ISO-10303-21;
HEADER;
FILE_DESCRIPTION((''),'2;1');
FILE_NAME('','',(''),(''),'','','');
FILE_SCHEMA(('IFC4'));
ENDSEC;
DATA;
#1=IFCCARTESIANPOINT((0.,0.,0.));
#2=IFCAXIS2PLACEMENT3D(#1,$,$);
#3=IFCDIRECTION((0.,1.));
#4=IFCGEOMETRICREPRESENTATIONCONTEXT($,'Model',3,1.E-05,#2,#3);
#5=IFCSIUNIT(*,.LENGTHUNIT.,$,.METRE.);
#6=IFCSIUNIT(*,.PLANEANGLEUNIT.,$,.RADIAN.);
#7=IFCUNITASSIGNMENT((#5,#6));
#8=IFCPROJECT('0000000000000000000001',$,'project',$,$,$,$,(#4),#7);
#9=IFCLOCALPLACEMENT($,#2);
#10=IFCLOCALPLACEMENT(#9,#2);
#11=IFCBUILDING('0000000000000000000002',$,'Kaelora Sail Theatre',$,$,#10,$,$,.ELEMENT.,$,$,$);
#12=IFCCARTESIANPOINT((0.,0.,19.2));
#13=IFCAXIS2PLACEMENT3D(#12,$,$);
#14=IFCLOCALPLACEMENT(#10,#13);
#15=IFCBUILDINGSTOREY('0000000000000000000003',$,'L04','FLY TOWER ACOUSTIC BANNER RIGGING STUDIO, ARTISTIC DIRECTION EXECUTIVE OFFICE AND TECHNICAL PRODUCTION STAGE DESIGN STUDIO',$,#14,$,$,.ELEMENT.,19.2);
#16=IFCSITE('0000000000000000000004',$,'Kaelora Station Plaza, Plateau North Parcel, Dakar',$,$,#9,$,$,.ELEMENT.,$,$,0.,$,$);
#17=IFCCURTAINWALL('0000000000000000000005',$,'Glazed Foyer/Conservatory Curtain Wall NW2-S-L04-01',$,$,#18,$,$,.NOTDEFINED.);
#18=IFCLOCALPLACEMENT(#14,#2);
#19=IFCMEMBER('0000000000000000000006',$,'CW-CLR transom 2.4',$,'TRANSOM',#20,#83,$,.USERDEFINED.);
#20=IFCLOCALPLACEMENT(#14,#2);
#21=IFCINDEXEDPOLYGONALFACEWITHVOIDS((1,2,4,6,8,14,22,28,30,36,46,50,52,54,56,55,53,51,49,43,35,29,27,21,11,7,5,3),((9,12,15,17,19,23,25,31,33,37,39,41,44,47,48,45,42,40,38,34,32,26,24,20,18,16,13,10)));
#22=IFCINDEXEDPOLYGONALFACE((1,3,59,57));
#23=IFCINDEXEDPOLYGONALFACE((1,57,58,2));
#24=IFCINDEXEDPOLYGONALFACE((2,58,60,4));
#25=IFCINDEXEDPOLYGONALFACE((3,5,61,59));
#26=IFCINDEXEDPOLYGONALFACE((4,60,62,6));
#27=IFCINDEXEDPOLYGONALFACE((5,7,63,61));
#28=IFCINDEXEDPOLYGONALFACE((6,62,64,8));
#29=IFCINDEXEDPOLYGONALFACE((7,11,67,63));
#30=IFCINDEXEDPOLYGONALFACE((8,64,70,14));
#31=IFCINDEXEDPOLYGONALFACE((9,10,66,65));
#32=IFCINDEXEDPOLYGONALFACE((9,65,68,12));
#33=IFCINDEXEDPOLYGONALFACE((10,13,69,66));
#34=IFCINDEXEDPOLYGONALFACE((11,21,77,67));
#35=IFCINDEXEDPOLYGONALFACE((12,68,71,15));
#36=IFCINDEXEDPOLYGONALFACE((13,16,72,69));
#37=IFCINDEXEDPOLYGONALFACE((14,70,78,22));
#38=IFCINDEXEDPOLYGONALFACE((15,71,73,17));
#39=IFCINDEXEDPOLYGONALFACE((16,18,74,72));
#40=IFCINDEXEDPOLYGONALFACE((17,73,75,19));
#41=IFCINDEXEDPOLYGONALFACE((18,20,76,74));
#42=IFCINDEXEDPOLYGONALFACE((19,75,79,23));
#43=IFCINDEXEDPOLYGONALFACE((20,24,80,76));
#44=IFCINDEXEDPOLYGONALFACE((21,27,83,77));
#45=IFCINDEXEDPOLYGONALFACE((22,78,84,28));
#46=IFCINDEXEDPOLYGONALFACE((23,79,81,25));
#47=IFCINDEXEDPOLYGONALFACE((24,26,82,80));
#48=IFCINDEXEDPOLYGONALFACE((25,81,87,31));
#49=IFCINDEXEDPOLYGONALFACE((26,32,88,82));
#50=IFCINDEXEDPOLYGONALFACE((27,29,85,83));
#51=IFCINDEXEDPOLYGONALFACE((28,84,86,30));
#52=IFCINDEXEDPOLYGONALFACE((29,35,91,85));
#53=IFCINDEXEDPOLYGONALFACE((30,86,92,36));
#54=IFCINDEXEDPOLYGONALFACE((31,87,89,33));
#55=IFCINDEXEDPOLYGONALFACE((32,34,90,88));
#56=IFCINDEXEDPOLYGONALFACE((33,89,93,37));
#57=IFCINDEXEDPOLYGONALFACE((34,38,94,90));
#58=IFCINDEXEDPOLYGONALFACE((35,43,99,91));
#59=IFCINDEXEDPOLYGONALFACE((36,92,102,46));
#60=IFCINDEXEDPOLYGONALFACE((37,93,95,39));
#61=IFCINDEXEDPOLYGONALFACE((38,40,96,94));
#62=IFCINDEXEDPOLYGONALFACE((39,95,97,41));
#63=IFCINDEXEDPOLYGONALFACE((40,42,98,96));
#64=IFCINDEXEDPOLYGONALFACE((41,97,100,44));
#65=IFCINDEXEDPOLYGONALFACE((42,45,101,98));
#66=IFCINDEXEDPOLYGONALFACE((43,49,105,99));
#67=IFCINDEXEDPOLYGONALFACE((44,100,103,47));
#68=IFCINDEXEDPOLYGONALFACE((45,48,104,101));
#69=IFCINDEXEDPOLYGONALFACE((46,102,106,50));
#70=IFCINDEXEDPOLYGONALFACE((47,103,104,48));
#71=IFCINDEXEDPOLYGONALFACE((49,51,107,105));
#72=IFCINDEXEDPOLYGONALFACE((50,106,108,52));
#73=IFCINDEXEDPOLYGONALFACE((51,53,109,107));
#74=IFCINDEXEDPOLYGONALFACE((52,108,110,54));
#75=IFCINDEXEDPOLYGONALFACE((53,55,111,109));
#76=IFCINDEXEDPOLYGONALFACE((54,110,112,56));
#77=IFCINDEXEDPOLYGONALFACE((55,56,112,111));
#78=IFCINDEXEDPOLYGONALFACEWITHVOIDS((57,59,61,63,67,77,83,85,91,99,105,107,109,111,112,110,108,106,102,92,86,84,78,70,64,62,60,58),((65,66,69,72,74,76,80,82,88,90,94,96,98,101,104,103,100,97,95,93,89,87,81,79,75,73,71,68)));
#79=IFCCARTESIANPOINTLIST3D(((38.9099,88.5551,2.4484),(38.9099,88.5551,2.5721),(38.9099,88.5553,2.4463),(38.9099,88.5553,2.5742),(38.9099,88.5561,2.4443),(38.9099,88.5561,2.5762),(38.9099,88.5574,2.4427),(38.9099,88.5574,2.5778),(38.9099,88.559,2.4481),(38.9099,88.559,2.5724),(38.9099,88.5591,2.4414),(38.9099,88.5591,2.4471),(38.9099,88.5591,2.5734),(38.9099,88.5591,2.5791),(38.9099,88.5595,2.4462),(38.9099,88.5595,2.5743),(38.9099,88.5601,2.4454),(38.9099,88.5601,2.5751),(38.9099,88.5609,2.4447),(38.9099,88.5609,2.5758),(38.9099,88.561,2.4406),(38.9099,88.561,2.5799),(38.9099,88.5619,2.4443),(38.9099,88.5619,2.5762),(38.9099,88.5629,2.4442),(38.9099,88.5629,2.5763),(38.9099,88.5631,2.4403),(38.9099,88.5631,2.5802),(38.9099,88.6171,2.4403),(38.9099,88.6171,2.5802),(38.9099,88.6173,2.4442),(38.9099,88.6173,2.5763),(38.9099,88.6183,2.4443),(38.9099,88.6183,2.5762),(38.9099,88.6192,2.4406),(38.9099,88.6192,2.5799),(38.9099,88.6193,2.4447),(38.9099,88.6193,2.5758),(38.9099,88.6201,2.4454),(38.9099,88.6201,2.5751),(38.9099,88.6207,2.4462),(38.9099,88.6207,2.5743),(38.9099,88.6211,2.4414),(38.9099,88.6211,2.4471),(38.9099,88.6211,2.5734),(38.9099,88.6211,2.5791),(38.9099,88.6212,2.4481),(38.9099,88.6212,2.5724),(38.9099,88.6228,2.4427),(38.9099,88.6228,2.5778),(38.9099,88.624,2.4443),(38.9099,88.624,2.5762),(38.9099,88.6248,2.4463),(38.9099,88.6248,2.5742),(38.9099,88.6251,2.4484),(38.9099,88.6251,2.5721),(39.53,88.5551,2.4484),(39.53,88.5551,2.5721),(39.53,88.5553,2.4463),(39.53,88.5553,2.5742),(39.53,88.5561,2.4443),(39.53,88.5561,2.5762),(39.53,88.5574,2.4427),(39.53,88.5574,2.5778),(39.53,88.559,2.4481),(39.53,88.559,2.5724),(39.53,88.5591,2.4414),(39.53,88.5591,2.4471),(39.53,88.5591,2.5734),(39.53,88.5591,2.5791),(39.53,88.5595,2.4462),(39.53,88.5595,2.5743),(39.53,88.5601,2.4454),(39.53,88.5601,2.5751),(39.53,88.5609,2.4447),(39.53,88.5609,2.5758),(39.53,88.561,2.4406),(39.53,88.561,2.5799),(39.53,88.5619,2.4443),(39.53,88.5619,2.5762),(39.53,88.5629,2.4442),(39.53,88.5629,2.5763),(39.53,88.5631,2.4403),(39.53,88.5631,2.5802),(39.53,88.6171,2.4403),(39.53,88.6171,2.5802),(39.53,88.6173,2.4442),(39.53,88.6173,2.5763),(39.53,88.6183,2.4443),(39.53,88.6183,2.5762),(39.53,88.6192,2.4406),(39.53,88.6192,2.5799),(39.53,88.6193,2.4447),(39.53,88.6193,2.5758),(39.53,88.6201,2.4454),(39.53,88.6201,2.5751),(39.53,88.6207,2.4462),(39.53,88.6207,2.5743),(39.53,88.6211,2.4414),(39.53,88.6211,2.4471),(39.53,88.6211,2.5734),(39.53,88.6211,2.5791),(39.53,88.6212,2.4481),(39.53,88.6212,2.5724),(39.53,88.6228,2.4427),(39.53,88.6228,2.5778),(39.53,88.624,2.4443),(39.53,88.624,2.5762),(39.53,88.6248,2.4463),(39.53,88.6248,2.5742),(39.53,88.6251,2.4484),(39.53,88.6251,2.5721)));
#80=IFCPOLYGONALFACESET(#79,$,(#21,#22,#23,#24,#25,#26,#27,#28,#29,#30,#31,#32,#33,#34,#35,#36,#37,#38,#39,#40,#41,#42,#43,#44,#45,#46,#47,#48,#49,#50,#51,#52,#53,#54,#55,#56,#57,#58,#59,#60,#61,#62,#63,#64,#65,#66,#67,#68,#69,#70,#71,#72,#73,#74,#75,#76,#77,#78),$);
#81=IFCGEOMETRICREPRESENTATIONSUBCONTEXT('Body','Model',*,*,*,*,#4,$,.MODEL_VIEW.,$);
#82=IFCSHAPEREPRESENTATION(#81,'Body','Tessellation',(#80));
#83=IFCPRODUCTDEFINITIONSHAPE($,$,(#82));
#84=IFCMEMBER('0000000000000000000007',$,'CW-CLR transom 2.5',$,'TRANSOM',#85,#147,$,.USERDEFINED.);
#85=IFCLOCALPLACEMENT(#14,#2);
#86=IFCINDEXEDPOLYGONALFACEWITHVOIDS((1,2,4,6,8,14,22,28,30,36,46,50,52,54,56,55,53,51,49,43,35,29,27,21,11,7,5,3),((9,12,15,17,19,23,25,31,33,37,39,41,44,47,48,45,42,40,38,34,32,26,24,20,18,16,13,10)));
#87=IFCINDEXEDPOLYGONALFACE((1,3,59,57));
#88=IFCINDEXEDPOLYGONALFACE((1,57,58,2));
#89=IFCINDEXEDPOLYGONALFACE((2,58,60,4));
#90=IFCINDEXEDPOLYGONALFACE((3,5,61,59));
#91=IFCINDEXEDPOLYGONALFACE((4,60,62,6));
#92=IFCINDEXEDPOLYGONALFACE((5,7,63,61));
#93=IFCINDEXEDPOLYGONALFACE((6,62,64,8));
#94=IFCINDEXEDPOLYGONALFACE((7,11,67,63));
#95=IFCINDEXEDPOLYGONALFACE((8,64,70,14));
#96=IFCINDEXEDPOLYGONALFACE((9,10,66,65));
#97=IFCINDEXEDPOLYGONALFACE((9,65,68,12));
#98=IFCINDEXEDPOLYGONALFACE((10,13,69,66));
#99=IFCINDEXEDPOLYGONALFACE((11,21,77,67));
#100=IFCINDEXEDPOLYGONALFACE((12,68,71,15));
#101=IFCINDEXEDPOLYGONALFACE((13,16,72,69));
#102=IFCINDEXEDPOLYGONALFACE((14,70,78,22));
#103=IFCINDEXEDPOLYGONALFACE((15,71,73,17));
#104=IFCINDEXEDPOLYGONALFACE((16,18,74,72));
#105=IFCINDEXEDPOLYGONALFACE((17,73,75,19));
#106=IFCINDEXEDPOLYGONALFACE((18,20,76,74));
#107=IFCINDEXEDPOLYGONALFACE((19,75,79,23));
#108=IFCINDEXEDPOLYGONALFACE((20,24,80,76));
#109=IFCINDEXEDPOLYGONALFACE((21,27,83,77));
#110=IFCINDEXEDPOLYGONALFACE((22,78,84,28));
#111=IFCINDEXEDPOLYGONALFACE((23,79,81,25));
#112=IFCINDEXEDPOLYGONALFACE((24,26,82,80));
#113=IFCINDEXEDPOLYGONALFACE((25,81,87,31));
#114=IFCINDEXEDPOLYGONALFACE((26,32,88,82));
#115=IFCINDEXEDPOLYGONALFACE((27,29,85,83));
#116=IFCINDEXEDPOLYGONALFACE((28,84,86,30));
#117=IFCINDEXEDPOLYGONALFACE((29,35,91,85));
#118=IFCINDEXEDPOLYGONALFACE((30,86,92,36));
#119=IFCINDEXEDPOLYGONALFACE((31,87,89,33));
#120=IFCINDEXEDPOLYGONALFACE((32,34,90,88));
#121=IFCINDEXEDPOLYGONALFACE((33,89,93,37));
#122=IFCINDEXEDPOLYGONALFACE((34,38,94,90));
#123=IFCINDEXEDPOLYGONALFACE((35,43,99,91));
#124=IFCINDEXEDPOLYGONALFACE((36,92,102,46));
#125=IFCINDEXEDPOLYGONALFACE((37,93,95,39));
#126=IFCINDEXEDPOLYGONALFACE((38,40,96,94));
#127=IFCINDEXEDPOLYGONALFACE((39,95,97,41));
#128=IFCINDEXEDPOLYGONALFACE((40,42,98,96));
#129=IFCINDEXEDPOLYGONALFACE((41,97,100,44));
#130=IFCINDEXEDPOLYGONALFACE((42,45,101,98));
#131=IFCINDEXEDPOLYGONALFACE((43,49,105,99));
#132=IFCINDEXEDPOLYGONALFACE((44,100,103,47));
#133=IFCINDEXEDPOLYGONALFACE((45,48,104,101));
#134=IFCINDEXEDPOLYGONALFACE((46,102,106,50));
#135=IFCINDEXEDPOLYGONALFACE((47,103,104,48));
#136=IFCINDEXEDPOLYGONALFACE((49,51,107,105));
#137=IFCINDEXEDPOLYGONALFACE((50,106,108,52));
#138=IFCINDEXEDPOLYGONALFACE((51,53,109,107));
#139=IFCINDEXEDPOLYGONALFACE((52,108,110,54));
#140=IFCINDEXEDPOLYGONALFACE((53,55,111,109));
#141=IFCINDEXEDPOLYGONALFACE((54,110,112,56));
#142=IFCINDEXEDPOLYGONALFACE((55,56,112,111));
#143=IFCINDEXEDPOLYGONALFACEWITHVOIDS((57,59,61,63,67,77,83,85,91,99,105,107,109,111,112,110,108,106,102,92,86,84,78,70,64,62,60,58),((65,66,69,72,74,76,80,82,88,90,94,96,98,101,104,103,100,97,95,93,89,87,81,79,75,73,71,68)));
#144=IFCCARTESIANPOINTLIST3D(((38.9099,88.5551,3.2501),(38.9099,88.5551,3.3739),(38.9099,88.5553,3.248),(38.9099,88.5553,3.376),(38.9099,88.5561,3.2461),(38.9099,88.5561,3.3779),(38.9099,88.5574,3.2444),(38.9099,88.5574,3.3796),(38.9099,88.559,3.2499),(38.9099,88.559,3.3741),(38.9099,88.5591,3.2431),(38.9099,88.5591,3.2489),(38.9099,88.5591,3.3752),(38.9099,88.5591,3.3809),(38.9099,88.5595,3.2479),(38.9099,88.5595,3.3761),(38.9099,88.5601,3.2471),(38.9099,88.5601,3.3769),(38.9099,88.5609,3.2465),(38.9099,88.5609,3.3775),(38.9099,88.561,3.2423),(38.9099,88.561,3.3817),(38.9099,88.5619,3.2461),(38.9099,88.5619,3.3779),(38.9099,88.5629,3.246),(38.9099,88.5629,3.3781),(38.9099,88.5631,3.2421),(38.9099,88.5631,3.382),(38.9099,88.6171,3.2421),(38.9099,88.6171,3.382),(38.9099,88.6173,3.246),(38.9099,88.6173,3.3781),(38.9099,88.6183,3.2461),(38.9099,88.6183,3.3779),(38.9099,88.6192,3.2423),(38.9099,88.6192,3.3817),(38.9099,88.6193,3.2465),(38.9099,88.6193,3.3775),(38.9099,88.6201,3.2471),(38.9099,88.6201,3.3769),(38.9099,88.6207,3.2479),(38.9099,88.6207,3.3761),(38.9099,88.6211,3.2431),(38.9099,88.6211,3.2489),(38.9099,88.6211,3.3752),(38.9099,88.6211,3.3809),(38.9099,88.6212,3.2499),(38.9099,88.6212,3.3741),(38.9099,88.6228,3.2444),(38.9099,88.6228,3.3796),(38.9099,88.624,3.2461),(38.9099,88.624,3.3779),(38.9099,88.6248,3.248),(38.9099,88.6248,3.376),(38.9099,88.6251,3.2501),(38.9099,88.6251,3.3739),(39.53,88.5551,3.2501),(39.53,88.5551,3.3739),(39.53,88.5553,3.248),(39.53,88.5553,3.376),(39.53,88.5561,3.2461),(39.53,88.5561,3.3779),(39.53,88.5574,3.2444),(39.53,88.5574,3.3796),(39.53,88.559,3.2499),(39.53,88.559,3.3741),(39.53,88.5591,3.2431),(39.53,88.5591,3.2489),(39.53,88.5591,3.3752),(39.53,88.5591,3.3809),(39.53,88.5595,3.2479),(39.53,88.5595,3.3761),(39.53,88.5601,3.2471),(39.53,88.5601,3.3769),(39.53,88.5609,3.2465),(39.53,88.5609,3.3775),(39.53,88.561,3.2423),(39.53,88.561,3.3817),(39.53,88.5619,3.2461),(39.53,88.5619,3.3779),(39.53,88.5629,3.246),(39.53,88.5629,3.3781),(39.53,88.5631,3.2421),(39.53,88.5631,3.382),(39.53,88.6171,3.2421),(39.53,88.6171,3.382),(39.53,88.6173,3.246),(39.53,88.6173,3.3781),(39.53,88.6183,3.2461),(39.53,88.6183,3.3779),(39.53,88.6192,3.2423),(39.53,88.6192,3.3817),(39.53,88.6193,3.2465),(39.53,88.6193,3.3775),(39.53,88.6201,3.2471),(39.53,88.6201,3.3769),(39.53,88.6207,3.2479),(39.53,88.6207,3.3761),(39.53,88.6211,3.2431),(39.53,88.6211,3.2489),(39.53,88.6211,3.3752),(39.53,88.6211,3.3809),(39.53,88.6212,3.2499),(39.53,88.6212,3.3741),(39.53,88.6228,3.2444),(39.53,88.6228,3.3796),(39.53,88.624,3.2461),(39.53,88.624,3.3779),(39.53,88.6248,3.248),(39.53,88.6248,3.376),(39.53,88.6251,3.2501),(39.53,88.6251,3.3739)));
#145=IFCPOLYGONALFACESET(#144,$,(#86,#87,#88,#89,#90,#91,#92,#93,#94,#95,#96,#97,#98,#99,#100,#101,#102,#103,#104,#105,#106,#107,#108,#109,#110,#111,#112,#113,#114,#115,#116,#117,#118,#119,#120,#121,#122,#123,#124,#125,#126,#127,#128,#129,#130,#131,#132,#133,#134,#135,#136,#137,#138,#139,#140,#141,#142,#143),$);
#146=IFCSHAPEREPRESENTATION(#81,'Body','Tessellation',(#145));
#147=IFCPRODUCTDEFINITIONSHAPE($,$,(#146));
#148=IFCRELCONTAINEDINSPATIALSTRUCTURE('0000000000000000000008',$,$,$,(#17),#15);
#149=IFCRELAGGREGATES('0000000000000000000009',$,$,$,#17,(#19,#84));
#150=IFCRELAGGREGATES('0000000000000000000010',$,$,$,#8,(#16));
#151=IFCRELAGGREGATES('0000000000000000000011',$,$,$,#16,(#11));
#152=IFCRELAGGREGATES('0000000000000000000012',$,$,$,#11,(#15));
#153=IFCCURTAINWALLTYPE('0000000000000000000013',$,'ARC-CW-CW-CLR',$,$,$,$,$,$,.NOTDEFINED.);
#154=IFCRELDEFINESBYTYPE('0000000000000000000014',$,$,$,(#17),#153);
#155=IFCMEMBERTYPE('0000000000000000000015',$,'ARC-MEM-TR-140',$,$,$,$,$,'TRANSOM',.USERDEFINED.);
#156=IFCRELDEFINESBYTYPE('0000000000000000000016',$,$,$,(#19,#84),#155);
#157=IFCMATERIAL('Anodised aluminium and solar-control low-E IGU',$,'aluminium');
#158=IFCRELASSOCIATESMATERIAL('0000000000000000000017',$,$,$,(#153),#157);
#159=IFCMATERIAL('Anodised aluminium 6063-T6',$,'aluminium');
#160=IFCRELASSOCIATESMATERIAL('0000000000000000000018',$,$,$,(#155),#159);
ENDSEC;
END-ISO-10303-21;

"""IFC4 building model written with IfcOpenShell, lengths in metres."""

from ifc_helpers import new_model, si_unit, direction, frame, origin, origin_2d, place, context, subcontext, project, spatial, hollow_rectangle, extrude, material, material_profile, profile_set, type_object, element, aggregate, save


model = new_model("IFC4")

# Units and contexts
model_context = context("Model", 3, precision=1e-05, world=origin(), true_north=direction((0.0, 1.0)))
body_context = subcontext(model_context, "Body", "Model", "MODEL_VIEW")
ifc_project = project(units=[si_unit("LENGTHUNIT", "METRE"), si_unit("PLANEANGLEUNIT", "RADIAN")], contexts=[model_context])

# Site, building, storey
site_placement = place(None, origin())
site = spatial("IfcSite", under=ifc_project, at=site_placement, Name="Kaelora Station Plaza, Plateau North Parcel, Dakar", CompositionType="ELEMENT", RefElevation=0.0)
building_placement = place(site_placement, origin())
building = spatial("IfcBuilding", under=site, at=building_placement, Name="Kaelora Sail Theatre", CompositionType="ELEMENT")
storey_placement = place(building_placement, frame((0.0, 0.0, 19.2)))
storey = spatial("IfcBuildingStorey", under=building, at=storey_placement, Name="L04", Description="FLY TOWER ACOUSTIC BANNER RIGGING STUDIO, ARTISTIC DIRECTION EXECUTIVE OFFICE AND TECHNICAL PRODUCTION STAGE DESIGN STUDIO", CompositionType="ELEMENT", Elevation=19.2)

# Curtain wall, members
ifc_material_1 = material(Name="Anodised aluminium and solar-control low-E IGU", Category="aluminium")
curtain_wall_type = type_object("IfcCurtainWallType", Name="ARC-CW-CW-CLR", PredefinedType="NOTDEFINED", material=ifc_material_1)
curtain_wall_placement = place(storey_placement, origin())
curtain_wall = element("IfcCurtainWall", 1, at=curtain_wall_placement, inside=storey, type_object=curtain_wall_type, Name="Glazed Foyer/Conservatory Curtain Wall NW2-S-L04-01", PredefinedType="NOTDEFINED")
ifc_material_2 = material(Name="Anodised aluminium 6063-T6", Category="aluminium")
ifc_material_profile_1 = material_profile(ifc_material_2, hollow_rectangle(XDim=0.0701, YDim=0.1399, WallThickness=0.0039, InnerFilletRadius=0.0039, OuterFilletRadius=0.0081, at=origin_2d()), Name="ALU-TRAN 70x140x4")
ifc_profile_set_1 = profile_set([ifc_material_profile_1], Name="Anodised aluminium 6063-T6")
member_type_1 = type_object("IfcMemberType", Name="ARC-MEM-TR-140", ElementType="TRANSOM", PredefinedType="USERDEFINED", material=ifc_profile_set_1)
member_1_placement = place(storey_placement, frame((38.9099, 88.5901, 2.5103), z_axis=(1.0, 0.0, 0.0), x_axis=(0.0, 1.0, 0.0)))
member_1 = element("IfcMember", 2, at=member_1_placement, type_object=member_type_1, Name="CW-CLR transom 2.4", ObjectType="TRANSOM", PredefinedType="USERDEFINED", context=body_context, shape_type="SweptSolid", body=[
    extrude(hollow_rectangle(XDim=0.0701, YDim=0.1399, WallThickness=0.0039, InnerFilletRadius=0.0039, OuterFilletRadius=0.0081, at=origin_2d()), origin(), (0.0, 0.0, 1.0), 0.6201),
])
member_2_placement = place(storey_placement, frame((38.9099, 88.5901, 3.312), z_axis=(1.0, 0.0, 0.0), x_axis=(0.0, 1.0, 0.0)))
member_2 = element("IfcMember", 3, at=member_2_placement, type_object=member_type_1, Name="CW-CLR transom 2.5", ObjectType="TRANSOM", PredefinedType="USERDEFINED", context=body_context, shape_type="SweptSolid", body=[
    extrude(hollow_rectangle(XDim=0.0701, YDim=0.1399, WallThickness=0.0039, InnerFilletRadius=0.0039, OuterFilletRadius=0.0081, at=origin_2d()), origin(), (0.0, 0.0, 1.0), 0.6201),
])
aggregate(curtain_wall, [member_1, member_2])

save(model, "model.ifc")
